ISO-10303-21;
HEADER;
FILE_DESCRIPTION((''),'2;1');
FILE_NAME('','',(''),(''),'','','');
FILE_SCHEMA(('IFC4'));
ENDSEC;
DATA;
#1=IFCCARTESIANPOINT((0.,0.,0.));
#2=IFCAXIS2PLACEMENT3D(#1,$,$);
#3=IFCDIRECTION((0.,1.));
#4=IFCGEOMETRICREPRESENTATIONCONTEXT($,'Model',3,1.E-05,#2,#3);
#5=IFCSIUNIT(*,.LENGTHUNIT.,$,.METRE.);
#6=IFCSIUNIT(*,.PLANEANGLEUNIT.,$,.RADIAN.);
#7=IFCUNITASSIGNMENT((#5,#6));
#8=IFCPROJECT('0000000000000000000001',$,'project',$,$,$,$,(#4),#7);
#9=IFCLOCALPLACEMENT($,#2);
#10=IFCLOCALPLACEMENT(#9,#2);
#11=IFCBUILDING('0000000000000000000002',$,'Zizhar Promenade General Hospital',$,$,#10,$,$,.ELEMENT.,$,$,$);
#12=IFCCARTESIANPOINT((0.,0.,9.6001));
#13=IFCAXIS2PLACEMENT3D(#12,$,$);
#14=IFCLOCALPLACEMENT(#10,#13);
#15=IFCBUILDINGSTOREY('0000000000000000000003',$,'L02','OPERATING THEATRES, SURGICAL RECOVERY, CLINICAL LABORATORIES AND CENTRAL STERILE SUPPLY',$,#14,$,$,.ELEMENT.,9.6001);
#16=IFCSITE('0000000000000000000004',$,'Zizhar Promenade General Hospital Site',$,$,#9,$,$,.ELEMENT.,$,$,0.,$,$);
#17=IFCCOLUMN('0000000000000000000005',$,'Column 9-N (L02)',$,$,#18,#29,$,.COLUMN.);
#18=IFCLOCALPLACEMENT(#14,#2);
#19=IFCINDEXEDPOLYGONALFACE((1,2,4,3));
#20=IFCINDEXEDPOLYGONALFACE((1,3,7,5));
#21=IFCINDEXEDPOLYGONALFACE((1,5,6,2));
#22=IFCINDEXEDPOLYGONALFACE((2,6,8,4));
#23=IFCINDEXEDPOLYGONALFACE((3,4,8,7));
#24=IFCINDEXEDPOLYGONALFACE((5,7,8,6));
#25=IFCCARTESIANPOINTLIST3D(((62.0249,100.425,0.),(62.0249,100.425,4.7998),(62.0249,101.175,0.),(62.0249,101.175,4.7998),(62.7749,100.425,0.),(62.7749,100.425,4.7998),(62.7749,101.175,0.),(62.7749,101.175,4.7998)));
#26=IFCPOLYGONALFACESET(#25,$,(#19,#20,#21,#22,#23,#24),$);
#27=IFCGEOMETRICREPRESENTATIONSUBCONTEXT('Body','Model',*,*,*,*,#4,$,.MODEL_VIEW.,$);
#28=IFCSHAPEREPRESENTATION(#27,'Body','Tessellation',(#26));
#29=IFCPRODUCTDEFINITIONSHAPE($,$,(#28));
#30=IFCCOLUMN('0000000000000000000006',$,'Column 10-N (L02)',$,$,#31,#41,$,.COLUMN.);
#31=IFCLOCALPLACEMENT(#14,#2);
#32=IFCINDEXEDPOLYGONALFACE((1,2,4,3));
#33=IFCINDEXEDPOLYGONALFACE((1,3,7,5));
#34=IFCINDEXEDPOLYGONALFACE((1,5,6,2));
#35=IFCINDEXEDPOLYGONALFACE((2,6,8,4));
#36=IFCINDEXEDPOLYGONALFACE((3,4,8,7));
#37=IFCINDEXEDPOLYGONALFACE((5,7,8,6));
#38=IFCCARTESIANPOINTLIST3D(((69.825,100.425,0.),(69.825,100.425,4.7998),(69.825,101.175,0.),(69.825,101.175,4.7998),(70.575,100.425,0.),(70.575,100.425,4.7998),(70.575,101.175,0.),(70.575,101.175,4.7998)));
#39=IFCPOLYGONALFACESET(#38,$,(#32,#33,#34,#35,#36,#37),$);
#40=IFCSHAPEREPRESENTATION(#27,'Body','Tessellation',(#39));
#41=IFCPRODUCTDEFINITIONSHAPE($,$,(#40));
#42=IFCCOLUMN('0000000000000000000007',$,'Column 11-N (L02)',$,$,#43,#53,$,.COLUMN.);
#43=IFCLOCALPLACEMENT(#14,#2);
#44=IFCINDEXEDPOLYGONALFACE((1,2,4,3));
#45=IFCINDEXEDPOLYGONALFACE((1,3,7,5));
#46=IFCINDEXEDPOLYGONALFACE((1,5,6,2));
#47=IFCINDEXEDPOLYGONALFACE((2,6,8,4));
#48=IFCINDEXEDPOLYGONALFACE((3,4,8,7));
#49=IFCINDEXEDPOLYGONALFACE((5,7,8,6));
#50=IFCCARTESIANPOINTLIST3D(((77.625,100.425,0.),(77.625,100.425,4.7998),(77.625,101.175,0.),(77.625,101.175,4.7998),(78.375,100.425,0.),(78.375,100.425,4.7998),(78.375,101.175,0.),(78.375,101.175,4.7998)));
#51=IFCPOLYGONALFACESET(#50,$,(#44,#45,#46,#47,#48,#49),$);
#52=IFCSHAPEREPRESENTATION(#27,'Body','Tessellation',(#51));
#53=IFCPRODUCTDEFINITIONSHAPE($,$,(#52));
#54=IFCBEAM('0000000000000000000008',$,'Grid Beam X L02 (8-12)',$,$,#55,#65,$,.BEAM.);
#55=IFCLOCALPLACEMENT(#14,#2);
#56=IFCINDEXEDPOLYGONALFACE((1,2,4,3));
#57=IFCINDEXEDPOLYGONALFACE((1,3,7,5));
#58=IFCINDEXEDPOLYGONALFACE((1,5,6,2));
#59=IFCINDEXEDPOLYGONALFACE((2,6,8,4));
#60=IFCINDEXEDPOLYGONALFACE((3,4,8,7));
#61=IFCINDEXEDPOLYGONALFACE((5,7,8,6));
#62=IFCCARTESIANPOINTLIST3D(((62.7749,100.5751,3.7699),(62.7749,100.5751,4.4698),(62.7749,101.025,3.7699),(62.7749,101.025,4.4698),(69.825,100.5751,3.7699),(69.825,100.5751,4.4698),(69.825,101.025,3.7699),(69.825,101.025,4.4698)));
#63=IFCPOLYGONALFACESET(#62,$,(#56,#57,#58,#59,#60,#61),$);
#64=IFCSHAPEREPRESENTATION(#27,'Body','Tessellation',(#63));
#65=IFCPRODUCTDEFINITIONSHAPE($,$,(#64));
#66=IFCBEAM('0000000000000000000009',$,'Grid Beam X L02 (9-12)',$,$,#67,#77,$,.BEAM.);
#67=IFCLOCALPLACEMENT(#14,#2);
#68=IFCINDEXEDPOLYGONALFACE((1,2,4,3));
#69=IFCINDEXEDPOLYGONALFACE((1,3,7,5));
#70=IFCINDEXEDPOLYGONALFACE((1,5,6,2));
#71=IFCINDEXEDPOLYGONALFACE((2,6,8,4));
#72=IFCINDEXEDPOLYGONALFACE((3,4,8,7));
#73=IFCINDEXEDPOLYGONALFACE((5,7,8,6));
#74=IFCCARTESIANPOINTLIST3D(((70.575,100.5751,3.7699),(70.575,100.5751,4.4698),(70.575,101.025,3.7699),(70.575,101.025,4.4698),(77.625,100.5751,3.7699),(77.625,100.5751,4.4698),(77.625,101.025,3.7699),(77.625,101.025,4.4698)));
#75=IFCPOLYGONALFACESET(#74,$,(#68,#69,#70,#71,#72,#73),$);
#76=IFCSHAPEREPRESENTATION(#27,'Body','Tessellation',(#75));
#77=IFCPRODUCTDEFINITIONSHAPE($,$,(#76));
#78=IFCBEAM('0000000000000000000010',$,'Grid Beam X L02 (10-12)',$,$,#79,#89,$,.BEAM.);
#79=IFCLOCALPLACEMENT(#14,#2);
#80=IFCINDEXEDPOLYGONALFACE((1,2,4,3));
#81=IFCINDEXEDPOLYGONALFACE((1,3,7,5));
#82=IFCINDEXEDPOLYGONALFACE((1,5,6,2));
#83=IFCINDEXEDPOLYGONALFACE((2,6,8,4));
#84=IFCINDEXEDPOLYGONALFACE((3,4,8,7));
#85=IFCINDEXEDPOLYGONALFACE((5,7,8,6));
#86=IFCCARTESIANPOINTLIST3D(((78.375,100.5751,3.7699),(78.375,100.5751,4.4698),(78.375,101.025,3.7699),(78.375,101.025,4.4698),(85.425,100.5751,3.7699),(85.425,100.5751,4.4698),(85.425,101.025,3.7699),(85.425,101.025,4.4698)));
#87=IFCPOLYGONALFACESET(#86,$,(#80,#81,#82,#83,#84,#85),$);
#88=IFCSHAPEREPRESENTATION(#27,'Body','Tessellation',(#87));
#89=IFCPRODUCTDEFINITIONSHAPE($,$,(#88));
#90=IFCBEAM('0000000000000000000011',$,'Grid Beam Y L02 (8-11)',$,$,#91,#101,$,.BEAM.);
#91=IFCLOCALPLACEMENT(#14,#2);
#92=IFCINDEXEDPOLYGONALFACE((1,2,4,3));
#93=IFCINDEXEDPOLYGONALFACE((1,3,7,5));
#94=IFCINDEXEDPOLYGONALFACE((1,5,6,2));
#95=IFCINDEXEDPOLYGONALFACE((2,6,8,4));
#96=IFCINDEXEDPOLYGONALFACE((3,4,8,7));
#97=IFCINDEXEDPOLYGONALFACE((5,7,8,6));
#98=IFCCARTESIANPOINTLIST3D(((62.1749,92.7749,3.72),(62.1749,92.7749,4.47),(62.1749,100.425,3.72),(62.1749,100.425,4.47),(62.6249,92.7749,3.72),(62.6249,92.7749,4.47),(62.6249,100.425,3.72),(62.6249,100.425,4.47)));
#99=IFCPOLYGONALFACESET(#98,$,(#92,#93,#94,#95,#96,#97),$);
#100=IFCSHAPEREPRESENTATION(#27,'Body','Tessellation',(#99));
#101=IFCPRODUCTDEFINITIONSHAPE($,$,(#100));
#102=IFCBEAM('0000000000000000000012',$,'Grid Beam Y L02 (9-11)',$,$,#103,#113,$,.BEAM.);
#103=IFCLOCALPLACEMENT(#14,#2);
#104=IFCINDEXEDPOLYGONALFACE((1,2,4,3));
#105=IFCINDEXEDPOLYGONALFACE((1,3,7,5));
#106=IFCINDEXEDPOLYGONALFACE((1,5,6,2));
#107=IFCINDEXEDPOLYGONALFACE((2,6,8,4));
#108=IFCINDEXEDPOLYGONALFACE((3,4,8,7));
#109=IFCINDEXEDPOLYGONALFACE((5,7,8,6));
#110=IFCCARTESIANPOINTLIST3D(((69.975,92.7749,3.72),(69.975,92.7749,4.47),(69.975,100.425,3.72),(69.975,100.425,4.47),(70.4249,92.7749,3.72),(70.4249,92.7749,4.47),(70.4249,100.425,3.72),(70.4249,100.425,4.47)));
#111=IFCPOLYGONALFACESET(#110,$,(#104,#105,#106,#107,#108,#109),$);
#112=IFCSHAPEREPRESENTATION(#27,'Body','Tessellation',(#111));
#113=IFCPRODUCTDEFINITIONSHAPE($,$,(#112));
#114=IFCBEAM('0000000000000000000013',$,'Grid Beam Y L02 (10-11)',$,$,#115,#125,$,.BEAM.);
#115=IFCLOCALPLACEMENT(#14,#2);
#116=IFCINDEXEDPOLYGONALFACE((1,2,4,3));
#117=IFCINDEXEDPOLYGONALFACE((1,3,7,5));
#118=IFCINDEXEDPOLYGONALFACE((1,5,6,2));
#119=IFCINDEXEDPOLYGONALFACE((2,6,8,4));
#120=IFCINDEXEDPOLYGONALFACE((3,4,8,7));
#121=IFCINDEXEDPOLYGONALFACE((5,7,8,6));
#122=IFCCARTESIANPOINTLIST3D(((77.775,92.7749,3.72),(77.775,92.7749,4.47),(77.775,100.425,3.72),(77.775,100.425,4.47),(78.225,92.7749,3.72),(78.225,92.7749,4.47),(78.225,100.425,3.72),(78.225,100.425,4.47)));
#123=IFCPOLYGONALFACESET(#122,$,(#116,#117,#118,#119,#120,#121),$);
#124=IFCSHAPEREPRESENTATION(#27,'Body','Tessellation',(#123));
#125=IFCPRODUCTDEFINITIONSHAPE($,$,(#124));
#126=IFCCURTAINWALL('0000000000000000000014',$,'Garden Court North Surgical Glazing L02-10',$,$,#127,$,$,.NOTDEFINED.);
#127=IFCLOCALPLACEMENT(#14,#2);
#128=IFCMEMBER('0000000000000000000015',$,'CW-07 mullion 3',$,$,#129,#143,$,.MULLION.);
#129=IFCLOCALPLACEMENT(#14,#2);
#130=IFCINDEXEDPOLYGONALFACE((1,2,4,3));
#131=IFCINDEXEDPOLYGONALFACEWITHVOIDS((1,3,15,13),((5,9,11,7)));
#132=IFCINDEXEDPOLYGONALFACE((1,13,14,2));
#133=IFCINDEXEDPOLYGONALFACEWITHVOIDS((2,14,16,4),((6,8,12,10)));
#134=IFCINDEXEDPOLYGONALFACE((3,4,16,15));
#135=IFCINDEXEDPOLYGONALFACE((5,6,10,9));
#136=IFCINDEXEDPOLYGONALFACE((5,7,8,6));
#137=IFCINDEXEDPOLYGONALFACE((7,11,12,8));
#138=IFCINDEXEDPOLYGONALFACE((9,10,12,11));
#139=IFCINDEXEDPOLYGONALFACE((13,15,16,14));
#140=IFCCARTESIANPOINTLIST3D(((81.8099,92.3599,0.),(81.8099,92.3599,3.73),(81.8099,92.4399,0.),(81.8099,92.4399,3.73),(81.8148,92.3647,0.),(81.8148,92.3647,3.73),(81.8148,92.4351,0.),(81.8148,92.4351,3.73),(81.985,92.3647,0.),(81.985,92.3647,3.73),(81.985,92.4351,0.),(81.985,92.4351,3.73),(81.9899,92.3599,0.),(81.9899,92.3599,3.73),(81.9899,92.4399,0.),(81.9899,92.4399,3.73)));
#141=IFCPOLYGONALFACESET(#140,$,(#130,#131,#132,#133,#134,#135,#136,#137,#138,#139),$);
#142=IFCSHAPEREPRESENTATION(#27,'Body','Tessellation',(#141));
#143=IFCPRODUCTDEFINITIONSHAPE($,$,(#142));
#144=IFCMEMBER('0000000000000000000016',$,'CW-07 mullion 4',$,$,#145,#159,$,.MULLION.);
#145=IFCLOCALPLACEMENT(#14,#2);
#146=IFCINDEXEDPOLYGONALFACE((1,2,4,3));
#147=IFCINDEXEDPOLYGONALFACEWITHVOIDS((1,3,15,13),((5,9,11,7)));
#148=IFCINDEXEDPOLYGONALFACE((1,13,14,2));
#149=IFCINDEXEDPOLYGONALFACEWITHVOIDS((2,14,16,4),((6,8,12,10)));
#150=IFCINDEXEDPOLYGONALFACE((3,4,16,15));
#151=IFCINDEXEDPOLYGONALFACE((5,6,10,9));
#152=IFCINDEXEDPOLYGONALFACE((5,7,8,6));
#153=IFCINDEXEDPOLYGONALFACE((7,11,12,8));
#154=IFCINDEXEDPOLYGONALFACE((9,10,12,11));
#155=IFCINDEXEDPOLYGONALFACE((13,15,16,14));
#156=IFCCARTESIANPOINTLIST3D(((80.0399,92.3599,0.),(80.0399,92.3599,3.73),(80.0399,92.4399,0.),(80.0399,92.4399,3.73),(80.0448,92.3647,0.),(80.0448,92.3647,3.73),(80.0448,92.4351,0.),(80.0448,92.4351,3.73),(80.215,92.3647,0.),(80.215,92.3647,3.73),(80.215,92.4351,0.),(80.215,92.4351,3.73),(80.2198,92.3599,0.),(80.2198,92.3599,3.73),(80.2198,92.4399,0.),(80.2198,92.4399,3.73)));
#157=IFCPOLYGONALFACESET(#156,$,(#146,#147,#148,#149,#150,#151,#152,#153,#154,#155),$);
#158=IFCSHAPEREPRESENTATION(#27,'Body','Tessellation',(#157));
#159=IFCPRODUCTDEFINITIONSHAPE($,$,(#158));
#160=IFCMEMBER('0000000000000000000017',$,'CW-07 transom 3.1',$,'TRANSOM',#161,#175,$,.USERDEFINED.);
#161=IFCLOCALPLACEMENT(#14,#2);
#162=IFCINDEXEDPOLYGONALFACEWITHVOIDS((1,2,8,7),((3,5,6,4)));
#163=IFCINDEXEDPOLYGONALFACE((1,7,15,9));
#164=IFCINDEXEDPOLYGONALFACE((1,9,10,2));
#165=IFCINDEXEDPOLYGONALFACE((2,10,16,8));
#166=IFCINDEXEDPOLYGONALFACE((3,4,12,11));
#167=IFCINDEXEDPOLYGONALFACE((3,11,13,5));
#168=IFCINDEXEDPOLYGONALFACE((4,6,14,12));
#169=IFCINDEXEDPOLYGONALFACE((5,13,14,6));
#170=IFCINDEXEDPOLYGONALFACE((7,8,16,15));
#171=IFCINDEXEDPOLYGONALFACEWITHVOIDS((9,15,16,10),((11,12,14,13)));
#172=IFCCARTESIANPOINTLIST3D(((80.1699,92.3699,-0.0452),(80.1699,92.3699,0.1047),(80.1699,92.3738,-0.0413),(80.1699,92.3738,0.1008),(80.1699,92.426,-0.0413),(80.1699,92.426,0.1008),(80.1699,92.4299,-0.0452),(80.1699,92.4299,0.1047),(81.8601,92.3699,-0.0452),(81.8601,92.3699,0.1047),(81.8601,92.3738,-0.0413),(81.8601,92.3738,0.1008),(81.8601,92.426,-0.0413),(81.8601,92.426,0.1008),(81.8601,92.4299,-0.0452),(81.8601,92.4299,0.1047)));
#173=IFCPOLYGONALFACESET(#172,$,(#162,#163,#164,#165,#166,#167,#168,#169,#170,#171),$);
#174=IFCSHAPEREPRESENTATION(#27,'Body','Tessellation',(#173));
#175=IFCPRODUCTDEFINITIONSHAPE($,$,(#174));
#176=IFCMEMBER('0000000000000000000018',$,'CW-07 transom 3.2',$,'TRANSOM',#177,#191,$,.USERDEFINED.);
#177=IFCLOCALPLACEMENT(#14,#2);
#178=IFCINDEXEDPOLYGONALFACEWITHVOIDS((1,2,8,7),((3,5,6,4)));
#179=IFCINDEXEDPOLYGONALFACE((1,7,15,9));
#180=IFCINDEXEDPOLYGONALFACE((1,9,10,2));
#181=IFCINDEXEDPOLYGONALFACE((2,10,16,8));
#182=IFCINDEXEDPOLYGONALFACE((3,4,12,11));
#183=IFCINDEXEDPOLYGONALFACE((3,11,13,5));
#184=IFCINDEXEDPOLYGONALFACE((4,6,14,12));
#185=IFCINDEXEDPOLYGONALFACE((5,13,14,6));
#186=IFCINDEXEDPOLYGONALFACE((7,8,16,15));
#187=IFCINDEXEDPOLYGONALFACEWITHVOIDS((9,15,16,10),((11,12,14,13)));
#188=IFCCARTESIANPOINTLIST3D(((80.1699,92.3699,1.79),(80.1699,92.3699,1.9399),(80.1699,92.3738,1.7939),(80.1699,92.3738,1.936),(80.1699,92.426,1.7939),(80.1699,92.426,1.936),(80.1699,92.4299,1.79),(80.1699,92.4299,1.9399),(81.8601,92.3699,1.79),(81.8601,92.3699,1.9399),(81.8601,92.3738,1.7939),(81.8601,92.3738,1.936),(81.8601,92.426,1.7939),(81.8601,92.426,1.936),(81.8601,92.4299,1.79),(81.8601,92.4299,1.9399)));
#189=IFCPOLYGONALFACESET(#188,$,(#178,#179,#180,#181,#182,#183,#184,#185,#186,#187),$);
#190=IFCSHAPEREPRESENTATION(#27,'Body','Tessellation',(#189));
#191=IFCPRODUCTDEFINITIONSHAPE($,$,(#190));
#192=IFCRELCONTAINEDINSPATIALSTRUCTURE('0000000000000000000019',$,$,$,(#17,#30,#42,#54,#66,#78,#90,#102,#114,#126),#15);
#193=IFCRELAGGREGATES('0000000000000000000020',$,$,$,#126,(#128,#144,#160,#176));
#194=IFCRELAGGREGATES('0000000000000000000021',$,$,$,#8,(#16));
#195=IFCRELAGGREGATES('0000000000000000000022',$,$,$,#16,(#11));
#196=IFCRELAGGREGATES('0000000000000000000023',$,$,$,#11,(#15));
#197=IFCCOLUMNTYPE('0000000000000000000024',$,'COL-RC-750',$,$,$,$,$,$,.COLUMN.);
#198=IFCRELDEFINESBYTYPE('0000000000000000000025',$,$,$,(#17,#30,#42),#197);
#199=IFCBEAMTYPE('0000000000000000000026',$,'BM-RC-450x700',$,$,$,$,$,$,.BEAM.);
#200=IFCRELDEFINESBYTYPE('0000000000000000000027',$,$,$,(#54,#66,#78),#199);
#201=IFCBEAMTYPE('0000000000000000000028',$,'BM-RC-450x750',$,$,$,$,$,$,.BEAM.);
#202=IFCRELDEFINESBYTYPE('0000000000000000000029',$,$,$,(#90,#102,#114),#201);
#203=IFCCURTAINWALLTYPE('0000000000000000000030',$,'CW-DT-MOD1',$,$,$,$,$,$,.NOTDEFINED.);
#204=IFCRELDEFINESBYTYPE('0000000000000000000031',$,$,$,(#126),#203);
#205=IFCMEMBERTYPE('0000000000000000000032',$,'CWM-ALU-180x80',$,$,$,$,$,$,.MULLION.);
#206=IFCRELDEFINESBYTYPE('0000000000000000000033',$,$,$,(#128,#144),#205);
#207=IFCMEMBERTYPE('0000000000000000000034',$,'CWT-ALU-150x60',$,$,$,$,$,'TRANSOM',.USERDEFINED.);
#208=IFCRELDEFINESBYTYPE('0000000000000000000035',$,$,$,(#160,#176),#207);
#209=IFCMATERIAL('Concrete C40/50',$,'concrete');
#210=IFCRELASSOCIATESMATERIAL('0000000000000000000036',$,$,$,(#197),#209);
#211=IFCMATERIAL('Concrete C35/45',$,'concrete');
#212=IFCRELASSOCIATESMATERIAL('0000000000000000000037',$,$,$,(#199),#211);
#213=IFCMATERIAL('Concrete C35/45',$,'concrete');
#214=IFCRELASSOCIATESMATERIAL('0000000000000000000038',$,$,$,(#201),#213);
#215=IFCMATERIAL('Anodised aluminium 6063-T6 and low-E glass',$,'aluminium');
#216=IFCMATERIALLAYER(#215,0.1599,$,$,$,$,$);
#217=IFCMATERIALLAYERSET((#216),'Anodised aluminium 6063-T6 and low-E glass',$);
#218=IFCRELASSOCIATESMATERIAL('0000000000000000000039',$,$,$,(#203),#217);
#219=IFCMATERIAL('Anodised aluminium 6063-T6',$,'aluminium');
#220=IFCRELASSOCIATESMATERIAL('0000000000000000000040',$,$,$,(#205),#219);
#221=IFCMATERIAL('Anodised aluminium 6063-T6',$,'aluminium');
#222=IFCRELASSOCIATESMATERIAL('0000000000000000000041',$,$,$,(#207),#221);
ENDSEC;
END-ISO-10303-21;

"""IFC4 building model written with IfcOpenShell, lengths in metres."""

from ifc_helpers import new_model, si_unit, direction, frame, origin, origin_2d, place, context, subcontext, project, spatial, rectangle, hollow_rectangle, extrude, material, layer, layer_set, material_profile, profile_set, type_object, element, aggregate, save


model = new_model("IFC4")

# Units and contexts
model_context = context("Model", 3, precision=1e-05, world=origin(), true_north=direction((0.0, 1.0)))
body_context = subcontext(model_context, "Body", "Model", "MODEL_VIEW")
ifc_project = project(units=[si_unit("LENGTHUNIT", "METRE"), si_unit("PLANEANGLEUNIT", "RADIAN")], contexts=[model_context])

# Site, building, storey
site_placement = place(None, origin())
site = spatial("IfcSite", under=ifc_project, at=site_placement, Name="Zizhar Promenade General Hospital Site", CompositionType="ELEMENT", RefElevation=0.0)
building_placement = place(site_placement, origin())
building = spatial("IfcBuilding", under=site, at=building_placement, Name="Zizhar Promenade General Hospital", CompositionType="ELEMENT")
storey_placement = place(building_placement, frame((0.0, 0.0, 9.6001)))
storey = spatial("IfcBuildingStorey", under=building, at=storey_placement, Name="L02", Description="OPERATING THEATRES, SURGICAL RECOVERY, CLINICAL LABORATORIES AND CENTRAL STERILE SUPPLY", CompositionType="ELEMENT", Elevation=9.6001)

# Columns
ifc_material_1 = material(Name="Concrete C40/50", Category="concrete")
ifc_material_profile_1 = material_profile(ifc_material_1, rectangle(XDim=0.75, YDim=0.75, at=origin_2d()))
ifc_profile_set_1 = profile_set([ifc_material_profile_1], Name="Concrete C40/50")
column_type = type_object("IfcColumnType", Name="COL-RC-750", PredefinedType="COLUMN", material=ifc_profile_set_1)
for number, where, z_axis, x_axis, name in (
    (1, (62.3999, 100.8, 0.0), (0.0, 0.0, 1.0), (1.0, 0.0, 0.0), "Column 9-N (L02)"),
    (2, (70.2, 100.8, 0.0), (0.0, 0.0, 1.0), (1.0, 0.0, 0.0), "Column 10-N (L02)"),
    (3, (78.0, 100.8, 0.0), (0.0, 0.0, 1.0), (1.0, 0.0, 0.0), "Column 11-N (L02)"),
):
    element("IfcColumn", number, at=place(storey_placement, frame(where, z_axis=z_axis, x_axis=x_axis)), inside=storey, type_object=column_type, Name=name, PredefinedType="COLUMN", context=body_context, shape_type="SweptSolid", body=[
        extrude(rectangle(XDim=0.75, YDim=0.75, at=origin_2d()), origin(), (0.0, 0.0, 1.0), 4.7998),
    ])

# Beams
ifc_material_2 = material(Name="Concrete C35/45", Category="concrete")
ifc_material_profile_2 = material_profile(ifc_material_2, rectangle(XDim=0.45, YDim=0.7, at=origin_2d()))
ifc_profile_set_2 = profile_set([ifc_material_profile_2], Name="Concrete C35/45")
beam_type_1 = type_object("IfcBeamType", Name="BM-RC-450x700", PredefinedType="BEAM", material=ifc_profile_set_2)
for number, where, z_axis, x_axis, name in (
    (4, (62.7749, 100.8, 4.1199), (1.0, 0.0, 0.0), (0.0, 1.0, 0.0), "Grid Beam X L02 (8-12)"),
    (5, (70.575, 100.8, 4.1199), (1.0, 0.0, 0.0), (0.0, 1.0, 0.0), "Grid Beam X L02 (9-12)"),
    (6, (78.375, 100.8, 4.1199), (1.0, 0.0, 0.0), (0.0, 1.0, 0.0), "Grid Beam X L02 (10-12)"),
):
    element("IfcBeam", number, at=place(storey_placement, frame(where, z_axis=z_axis, x_axis=x_axis)), inside=storey, type_object=beam_type_1, Name=name, PredefinedType="BEAM", context=body_context, shape_type="SweptSolid", body=[
        extrude(rectangle(XDim=0.45, YDim=0.7, at=origin_2d()), origin(), (0.0, 0.0, 1.0), 7.05),
    ])
ifc_material_3 = material(Name="Concrete C35/45", Category="concrete")
ifc_material_profile_3 = material_profile(ifc_material_3, rectangle(XDim=0.45, YDim=0.75, at=origin_2d()))
ifc_profile_set_3 = profile_set([ifc_material_profile_3], Name="Concrete C35/45")
beam_type_2 = type_object("IfcBeamType", Name="BM-RC-450x750", PredefinedType="BEAM", material=ifc_profile_set_3)
for number, where, z_axis, x_axis, name in (
    (7, (62.3999, 92.7749, 4.095), (0.0, 1.0, 0.0), (-1.0, 0.0, 0.0), "Grid Beam Y L02 (8-11)"),
    (8, (70.2, 92.7749, 4.095), (0.0, 1.0, 0.0), (-1.0, 0.0, 0.0), "Grid Beam Y L02 (9-11)"),
    (9, (78.0, 92.7749, 4.095), (0.0, 1.0, 0.0), (-1.0, 0.0, 0.0), "Grid Beam Y L02 (10-11)"),
):
    element("IfcBeam", number, at=place(storey_placement, frame(where, z_axis=z_axis, x_axis=x_axis)), inside=storey, type_object=beam_type_2, Name=name, PredefinedType="BEAM", context=body_context, shape_type="SweptSolid", body=[
        extrude(rectangle(XDim=0.45, YDim=0.75, at=origin_2d()), origin(), (0.0, 0.0, 1.0), 7.6501),
    ])

# Curtain wall, members
ifc_material_4 = material(Name="Anodised aluminium 6063-T6 and low-E glass", Category="aluminium")
ifc_layer_1 = layer(ifc_material_4, 0.1599)
ifc_layer_set_1 = layer_set([ifc_layer_1], Name="Anodised aluminium 6063-T6 and low-E glass")
curtain_wall_type = type_object("IfcCurtainWallType", Name="CW-DT-MOD1", PredefinedType="NOTDEFINED", material=ifc_layer_set_1)
curtain_wall_placement = place(storey_placement, origin())
curtain_wall = element("IfcCurtainWall", 10, at=curtain_wall_placement, inside=storey, type_object=curtain_wall_type, Name="Garden Court North Surgical Glazing L02-10", PredefinedType="NOTDEFINED")
ifc_material_5 = material(Name="Anodised aluminium 6063-T6", Category="aluminium")
ifc_material_profile_4 = material_profile(ifc_material_5, hollow_rectangle(XDim=0.0801, YDim=0.1799, WallThickness=0.0049, at=origin_2d()))
ifc_profile_set_4 = profile_set([ifc_material_profile_4], Name="Anodised aluminium 6063-T6")
member_type_1 = type_object("IfcMemberType", Name="CWM-ALU-180x80", PredefinedType="MULLION", material=ifc_profile_set_4)
member_1_placement = place(storey_placement, frame((81.8999, 92.3999, 0.0), z_axis=(0.0, 0.0, 1.0), x_axis=(0.0, -1.0, 0.0)))
member_1 = element("IfcMember", 11, at=member_1_placement, type_object=member_type_1, Name="CW-07 mullion 3", PredefinedType="MULLION", context=body_context, shape_type="SweptSolid", body=[
    extrude(hollow_rectangle(XDim=0.0801, YDim=0.1799, WallThickness=0.0049, at=origin_2d()), origin(), (0.0, 0.0, 1.0), 3.73),
])
member_2_placement = place(storey_placement, frame((80.1299, 92.3999, 0.0), z_axis=(0.0, 0.0, 1.0), x_axis=(0.0, -1.0, 0.0)))
member_2 = element("IfcMember", 12, at=member_2_placement, type_object=member_type_1, Name="CW-07 mullion 4", PredefinedType="MULLION", context=body_context, shape_type="SweptSolid", body=[
    extrude(hollow_rectangle(XDim=0.0801, YDim=0.1799, WallThickness=0.0049, at=origin_2d()), origin(), (0.0, 0.0, 1.0), 3.73),
])
ifc_material_6 = material(Name="Anodised aluminium 6063-T6", Category="aluminium")
ifc_material_profile_5 = material_profile(ifc_material_6, hollow_rectangle(XDim=0.0601, YDim=0.1499, WallThickness=0.0039, at=origin_2d()))
ifc_profile_set_5 = profile_set([ifc_material_profile_5], Name="Anodised aluminium 6063-T6")
member_type_2 = type_object("IfcMemberType", Name="CWT-ALU-150x60", ElementType="TRANSOM", PredefinedType="USERDEFINED", material=ifc_profile_set_5)
member_3_placement = place(storey_placement, frame((81.8601, 92.3999, 0.0298), z_axis=(-1.0, 0.0, 0.0), x_axis=(0.0, -1.0, 0.0)))
member_3 = element("IfcMember", 13, at=member_3_placement, type_object=member_type_2, Name="CW-07 transom 3.1", ObjectType="TRANSOM", PredefinedType="USERDEFINED", context=body_context, shape_type="SweptSolid", body=[
    extrude(hollow_rectangle(XDim=0.0601, YDim=0.1499, WallThickness=0.0039, at=origin_2d()), origin(), (0.0, 0.0, 1.0), 1.6902),
])
member_4_placement = place(storey_placement, frame((81.8601, 92.3999, 1.865), z_axis=(-1.0, 0.0, 0.0), x_axis=(0.0, -1.0, 0.0)))
member_4 = element("IfcMember", 14, at=member_4_placement, type_object=member_type_2, Name="CW-07 transom 3.2", ObjectType="TRANSOM", PredefinedType="USERDEFINED", context=body_context, shape_type="SweptSolid", body=[
    extrude(hollow_rectangle(XDim=0.0601, YDim=0.1499, WallThickness=0.0039, at=origin_2d()), origin(), (0.0, 0.0, 1.0), 1.6902),
])
aggregate(curtain_wall, [member_1, member_2, member_3, member_4])

save(model, "model.ifc")
